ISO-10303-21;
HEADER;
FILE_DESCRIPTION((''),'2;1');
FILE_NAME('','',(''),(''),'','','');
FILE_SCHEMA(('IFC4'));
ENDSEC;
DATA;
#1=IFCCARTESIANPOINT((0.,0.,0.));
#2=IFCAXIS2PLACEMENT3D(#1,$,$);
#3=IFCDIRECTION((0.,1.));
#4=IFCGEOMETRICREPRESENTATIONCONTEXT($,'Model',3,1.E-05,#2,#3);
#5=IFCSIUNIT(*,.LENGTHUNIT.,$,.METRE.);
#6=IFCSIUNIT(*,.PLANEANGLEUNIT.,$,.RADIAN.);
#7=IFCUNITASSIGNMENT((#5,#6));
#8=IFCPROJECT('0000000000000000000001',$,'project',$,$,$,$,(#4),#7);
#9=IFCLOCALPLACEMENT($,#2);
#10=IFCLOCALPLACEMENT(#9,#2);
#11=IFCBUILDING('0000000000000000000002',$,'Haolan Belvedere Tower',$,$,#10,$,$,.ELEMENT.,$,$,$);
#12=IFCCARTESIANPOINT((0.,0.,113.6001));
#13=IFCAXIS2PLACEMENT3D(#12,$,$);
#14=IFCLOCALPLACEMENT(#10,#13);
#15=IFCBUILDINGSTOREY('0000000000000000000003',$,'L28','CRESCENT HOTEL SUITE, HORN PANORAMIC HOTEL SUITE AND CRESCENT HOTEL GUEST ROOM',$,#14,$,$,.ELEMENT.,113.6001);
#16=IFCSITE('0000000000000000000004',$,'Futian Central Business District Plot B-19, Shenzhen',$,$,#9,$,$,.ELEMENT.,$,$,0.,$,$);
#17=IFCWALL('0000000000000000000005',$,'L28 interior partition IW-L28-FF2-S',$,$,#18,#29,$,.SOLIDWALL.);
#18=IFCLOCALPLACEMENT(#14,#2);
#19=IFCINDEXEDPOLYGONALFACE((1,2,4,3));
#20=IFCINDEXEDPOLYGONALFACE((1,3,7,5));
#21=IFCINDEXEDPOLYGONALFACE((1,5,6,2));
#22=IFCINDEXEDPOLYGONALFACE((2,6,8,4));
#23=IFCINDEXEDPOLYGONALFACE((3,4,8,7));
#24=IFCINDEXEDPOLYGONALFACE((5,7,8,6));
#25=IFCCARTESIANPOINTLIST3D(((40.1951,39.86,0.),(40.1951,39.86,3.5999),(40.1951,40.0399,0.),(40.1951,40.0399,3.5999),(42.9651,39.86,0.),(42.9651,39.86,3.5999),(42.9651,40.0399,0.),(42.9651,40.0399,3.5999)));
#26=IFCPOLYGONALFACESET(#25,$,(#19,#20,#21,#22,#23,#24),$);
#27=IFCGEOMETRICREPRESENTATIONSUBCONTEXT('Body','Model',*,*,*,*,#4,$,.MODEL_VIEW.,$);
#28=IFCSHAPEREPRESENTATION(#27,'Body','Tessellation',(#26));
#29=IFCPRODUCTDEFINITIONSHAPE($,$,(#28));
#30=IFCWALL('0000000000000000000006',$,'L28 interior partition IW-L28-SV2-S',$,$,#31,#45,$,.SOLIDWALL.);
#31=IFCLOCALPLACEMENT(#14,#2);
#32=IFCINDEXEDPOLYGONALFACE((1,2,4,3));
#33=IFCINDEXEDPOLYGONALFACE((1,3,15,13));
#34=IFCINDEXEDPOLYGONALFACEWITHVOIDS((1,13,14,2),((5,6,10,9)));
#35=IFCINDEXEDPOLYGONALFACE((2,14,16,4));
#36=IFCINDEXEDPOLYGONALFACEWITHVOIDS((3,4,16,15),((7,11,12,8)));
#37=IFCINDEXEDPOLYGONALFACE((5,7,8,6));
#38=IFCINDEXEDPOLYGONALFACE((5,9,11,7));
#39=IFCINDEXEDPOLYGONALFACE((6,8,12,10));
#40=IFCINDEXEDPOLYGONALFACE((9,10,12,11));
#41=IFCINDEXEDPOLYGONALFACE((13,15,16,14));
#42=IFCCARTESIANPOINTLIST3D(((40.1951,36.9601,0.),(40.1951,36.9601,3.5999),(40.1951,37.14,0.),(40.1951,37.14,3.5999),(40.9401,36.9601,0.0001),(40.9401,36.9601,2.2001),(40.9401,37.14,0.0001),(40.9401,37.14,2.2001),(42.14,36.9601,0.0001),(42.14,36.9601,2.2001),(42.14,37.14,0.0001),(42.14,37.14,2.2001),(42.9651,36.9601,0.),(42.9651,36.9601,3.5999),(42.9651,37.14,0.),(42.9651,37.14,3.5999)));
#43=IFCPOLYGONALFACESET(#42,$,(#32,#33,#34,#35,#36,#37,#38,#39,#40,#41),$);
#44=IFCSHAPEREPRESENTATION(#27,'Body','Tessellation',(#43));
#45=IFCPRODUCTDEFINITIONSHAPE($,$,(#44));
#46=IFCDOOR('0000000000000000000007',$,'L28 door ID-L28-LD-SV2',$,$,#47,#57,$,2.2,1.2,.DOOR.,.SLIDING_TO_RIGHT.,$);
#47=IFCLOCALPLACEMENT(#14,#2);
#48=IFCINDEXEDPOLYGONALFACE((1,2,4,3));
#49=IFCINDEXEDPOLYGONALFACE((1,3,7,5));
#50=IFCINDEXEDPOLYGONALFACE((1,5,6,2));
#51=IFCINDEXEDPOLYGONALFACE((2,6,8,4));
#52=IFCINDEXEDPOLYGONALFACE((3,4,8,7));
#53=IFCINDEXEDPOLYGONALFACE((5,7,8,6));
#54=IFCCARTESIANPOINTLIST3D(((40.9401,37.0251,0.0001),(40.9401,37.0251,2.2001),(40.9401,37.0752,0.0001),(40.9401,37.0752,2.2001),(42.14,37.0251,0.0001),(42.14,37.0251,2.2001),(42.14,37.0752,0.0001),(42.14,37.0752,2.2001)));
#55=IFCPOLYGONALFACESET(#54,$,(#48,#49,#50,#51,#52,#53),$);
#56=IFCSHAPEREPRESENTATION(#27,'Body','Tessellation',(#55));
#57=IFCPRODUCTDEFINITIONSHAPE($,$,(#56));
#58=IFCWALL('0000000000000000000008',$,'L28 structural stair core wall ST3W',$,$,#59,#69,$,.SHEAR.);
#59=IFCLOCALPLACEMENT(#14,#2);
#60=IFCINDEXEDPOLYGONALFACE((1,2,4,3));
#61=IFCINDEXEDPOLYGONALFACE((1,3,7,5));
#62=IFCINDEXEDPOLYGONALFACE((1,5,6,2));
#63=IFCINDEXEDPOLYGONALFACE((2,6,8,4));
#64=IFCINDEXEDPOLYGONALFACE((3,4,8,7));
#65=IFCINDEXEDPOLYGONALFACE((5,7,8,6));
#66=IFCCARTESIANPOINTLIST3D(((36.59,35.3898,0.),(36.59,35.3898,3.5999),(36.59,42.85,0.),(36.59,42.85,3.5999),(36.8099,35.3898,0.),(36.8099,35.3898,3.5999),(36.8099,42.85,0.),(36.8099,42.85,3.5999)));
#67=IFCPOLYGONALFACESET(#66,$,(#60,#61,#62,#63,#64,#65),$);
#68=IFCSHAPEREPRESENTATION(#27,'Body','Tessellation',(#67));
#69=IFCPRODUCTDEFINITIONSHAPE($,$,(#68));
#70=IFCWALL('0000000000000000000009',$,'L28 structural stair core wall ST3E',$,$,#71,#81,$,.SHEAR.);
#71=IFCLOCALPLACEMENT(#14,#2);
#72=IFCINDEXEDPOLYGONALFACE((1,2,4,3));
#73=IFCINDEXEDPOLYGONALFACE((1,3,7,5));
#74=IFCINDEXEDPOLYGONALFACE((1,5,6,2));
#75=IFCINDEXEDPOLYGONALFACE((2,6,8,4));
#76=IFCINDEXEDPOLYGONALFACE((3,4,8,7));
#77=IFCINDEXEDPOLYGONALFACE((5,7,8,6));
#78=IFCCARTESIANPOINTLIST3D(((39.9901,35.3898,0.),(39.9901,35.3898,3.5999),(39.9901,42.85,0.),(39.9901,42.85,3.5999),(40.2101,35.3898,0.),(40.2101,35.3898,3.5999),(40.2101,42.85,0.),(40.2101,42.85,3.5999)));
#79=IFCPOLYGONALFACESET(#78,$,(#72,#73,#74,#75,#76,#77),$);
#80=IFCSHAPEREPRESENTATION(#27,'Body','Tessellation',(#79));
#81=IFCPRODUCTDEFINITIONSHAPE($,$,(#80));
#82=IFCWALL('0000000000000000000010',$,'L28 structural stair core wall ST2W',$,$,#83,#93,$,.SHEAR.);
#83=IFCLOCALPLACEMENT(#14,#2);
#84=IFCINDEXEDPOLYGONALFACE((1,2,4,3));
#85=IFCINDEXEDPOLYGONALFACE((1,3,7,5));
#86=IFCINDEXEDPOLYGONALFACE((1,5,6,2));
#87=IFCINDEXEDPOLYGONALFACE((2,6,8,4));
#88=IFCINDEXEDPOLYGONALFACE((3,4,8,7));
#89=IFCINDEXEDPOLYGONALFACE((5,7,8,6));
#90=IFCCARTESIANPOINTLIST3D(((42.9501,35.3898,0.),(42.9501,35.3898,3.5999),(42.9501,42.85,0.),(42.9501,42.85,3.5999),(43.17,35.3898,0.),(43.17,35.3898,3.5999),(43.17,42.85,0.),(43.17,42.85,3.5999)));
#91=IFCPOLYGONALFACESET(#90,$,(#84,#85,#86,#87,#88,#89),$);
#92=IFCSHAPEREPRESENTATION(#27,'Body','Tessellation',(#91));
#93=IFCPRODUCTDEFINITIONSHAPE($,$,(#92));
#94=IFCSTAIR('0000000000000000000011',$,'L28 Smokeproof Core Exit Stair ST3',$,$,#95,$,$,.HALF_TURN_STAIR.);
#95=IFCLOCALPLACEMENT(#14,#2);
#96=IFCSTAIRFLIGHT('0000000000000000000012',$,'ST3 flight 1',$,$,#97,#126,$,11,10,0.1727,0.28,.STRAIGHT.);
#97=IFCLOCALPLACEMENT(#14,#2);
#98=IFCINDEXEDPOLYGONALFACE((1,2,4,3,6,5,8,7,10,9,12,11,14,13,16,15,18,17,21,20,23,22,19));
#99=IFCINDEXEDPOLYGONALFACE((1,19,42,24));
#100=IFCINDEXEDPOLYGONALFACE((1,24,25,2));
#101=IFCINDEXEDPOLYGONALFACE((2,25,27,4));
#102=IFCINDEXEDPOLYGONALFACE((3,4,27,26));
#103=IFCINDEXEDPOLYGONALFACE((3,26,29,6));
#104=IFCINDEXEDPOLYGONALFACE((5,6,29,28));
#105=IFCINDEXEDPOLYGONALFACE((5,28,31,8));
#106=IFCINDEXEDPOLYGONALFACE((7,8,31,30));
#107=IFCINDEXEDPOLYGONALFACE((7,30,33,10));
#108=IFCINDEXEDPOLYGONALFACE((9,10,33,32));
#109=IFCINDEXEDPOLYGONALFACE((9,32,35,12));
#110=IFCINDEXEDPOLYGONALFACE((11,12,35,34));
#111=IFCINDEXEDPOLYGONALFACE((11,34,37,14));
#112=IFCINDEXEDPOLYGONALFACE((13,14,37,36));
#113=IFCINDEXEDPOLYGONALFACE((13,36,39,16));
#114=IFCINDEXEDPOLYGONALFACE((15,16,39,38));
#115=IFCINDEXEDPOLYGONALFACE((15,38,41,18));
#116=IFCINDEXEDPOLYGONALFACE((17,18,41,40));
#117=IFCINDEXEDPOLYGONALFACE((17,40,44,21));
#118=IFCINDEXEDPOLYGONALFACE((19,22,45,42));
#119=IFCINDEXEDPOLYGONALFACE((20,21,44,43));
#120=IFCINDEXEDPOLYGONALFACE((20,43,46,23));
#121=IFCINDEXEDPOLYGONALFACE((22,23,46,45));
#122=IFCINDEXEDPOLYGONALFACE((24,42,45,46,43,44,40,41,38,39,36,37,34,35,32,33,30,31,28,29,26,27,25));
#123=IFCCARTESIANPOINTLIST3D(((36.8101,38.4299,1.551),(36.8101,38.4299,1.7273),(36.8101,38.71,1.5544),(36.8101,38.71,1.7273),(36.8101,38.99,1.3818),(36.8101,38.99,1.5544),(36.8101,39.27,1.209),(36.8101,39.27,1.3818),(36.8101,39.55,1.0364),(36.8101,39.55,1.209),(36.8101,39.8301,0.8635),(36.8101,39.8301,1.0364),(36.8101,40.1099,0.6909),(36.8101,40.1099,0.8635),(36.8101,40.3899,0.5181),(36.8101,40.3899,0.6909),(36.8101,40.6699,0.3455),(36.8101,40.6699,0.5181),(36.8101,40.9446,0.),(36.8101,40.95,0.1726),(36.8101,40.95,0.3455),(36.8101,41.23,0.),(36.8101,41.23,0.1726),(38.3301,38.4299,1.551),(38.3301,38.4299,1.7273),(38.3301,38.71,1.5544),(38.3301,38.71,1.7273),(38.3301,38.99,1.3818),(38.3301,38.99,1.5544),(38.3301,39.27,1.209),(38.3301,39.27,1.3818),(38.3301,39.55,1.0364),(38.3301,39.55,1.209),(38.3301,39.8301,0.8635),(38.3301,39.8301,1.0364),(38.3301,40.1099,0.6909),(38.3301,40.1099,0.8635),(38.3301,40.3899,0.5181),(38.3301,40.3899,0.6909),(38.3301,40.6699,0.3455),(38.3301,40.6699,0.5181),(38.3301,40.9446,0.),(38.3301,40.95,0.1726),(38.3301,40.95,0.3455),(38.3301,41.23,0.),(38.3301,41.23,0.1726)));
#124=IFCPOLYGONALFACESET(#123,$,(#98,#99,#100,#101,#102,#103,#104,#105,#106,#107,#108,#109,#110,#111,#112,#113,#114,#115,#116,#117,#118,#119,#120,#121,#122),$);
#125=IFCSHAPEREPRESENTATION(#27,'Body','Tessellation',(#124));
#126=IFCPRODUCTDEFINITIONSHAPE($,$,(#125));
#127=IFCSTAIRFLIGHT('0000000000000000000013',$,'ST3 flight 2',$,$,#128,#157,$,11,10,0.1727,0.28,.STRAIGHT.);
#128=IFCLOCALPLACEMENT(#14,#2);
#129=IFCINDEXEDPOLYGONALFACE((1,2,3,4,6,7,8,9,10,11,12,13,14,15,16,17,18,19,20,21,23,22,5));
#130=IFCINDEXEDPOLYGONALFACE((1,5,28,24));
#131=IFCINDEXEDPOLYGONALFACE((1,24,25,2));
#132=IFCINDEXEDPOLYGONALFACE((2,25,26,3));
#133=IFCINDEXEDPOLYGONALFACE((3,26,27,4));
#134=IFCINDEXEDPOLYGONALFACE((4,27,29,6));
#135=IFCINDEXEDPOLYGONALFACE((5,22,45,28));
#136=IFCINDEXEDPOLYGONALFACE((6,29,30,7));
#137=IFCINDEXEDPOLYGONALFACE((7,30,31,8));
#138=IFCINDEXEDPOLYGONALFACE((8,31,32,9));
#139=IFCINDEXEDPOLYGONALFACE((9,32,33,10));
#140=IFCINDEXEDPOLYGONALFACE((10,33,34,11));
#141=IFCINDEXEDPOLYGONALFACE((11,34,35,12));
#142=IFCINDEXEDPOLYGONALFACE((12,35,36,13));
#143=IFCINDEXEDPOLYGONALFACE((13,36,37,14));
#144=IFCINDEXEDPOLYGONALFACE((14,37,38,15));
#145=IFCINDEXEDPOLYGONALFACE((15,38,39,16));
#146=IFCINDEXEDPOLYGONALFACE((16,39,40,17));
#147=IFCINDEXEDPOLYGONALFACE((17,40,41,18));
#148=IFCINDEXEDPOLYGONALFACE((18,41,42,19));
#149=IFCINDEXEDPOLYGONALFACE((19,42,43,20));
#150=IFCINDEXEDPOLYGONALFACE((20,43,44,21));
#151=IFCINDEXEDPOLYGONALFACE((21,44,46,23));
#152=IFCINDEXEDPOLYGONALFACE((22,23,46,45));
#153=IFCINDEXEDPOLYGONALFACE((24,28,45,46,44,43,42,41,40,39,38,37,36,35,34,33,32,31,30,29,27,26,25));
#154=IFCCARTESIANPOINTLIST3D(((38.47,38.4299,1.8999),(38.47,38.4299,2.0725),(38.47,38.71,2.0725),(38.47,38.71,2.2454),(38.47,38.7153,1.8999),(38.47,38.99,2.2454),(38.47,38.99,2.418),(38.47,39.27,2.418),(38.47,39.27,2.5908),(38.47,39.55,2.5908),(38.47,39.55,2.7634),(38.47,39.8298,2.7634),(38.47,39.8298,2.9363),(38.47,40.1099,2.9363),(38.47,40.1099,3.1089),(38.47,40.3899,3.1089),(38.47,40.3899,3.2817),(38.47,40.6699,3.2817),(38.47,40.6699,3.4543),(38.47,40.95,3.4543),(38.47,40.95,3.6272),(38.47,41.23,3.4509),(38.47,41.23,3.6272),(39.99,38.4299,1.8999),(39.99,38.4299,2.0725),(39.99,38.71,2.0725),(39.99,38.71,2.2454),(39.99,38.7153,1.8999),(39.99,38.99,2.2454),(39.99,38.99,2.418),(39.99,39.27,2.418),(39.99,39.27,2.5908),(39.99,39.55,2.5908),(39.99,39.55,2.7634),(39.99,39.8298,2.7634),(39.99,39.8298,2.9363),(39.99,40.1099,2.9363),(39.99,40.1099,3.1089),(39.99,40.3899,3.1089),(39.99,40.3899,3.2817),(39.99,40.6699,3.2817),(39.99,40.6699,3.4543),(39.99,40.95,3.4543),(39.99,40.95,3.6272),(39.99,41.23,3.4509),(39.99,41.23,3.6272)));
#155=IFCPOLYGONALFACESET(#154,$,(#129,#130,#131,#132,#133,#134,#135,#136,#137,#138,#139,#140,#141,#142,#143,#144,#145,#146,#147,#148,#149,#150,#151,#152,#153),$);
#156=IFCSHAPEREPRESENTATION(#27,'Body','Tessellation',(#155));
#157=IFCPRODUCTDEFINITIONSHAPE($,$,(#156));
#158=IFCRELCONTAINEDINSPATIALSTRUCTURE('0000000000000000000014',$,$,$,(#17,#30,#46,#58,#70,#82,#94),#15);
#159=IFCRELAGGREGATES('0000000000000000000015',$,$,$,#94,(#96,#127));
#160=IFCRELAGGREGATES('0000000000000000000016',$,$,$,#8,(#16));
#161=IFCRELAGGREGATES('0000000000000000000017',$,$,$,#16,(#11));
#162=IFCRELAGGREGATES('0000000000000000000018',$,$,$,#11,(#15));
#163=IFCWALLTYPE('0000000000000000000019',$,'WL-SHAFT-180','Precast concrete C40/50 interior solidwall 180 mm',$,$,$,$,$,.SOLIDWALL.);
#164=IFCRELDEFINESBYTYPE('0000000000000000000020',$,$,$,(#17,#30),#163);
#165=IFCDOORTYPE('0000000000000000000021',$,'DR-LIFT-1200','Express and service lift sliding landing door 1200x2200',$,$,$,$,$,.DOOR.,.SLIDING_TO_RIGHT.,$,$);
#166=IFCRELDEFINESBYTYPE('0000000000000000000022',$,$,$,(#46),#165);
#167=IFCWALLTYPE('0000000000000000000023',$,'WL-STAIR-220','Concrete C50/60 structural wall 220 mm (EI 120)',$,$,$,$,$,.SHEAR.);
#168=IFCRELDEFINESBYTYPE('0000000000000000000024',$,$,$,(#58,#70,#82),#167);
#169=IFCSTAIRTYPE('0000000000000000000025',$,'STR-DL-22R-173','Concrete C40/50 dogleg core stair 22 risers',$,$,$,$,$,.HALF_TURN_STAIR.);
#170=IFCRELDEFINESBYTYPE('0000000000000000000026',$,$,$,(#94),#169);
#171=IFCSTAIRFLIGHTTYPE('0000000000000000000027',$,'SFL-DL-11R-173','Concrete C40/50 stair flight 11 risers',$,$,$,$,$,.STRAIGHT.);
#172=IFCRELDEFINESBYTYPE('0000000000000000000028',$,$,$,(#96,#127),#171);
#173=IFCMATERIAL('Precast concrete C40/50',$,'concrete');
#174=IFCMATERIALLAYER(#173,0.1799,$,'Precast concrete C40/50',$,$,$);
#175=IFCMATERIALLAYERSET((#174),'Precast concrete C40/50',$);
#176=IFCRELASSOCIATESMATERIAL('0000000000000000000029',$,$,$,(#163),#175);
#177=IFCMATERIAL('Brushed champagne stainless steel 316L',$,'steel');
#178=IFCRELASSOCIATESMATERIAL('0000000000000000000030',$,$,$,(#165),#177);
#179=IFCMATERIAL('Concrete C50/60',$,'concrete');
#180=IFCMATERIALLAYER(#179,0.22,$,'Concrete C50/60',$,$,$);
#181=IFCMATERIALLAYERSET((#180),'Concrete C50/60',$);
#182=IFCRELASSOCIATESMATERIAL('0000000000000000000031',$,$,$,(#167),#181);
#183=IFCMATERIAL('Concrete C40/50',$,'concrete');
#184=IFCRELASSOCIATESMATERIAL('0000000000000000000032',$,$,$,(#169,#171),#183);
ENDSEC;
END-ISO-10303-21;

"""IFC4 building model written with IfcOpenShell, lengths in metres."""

from ifc_helpers import new_model, si_unit, direction, frame, frame_2d, origin, place, context, subcontext, project, spatial, polyline, rectangle, outline, extrude, material, layer, layer_set, type_object, element, fill, aggregate, save


model = new_model("IFC4")

# Units and contexts
model_context = context("Model", 3, precision=1e-05, world=origin(), true_north=direction((0.0, 1.0)))
body_context = subcontext(model_context, "Body", "Model", "MODEL_VIEW")
ifc_project = project(units=[si_unit("LENGTHUNIT", "METRE"), si_unit("PLANEANGLEUNIT", "RADIAN")], contexts=[model_context])

# Site, building, storey
site_placement = place(None, origin())
site = spatial("IfcSite", under=ifc_project, at=site_placement, Name="Futian Central Business District Plot B-19, Shenzhen", CompositionType="ELEMENT", RefElevation=0.0)
building_placement = place(site_placement, origin())
building = spatial("IfcBuilding", under=site, at=building_placement, Name="Haolan Belvedere Tower", CompositionType="ELEMENT")
storey_placement = place(building_placement, frame((0.0, 0.0, 113.6001)))
storey = spatial("IfcBuildingStorey", under=building, at=storey_placement, Name="L28", Description="CRESCENT HOTEL SUITE, HORN PANORAMIC HOTEL SUITE AND CRESCENT HOTEL GUEST ROOM", CompositionType="ELEMENT", Elevation=113.6001)

# Wall
ifc_material_1 = material(Name="Precast concrete C40/50", Category="concrete")
ifc_layer_1 = layer(ifc_material_1, 0.1799, Name="Precast concrete C40/50")
ifc_layer_set_1 = layer_set([ifc_layer_1], Name="Precast concrete C40/50")
wall_type_1 = type_object("IfcWallType", Name="WL-SHAFT-180", Description="Precast concrete C40/50 interior solidwall 180 mm", PredefinedType="SOLIDWALL", material=ifc_layer_set_1)
wall_1_placement = place(storey_placement, frame((40.1951, 39.95, 0.0), z_axis=(0.0, 0.0, 1.0), x_axis=(1.0, 0.0, 0.0)))
element("IfcWall", 1, at=wall_1_placement, inside=storey, type_object=wall_type_1, Name="L28 interior partition IW-L28-FF2-S", PredefinedType="SOLIDWALL", context=body_context, shape_type="SweptSolid", body=[
    extrude(rectangle(XDim=2.77, YDim=0.1799, at=frame_2d((1.385, 0.0))), origin(), (0.0, 0.0, 1.0), 3.5999),
])

# Wall, opening, door
wall_2_placement = place(storey_placement, frame((40.1951, 37.05, 0.0), z_axis=(0.0, 0.0, 1.0), x_axis=(1.0, 0.0, 0.0)))
wall_2 = element("IfcWall", 2, at=wall_2_placement, inside=storey, type_object=wall_type_1, Name="L28 interior partition IW-L28-SV2-S", PredefinedType="SOLIDWALL", context=body_context, shape_type="SweptSolid", body=[
    extrude(rectangle(XDim=2.77, YDim=0.1799, at=frame_2d((1.385, 0.0))), origin(), (0.0, 0.0, 1.0), 3.5999),
])
opening_placement = place(wall_2_placement, frame((1.9451, 0.0, 0.0), z_axis=(0.0, 0.0, 1.0), x_axis=(-1.0, 0.0, 0.0)))
opening = element("IfcOpeningElement", 3, at=opening_placement, cuts=wall_2, PredefinedType="OPENING", context=body_context, shape_type="SweptSolid", body=[
    extrude(rectangle(XDim=1.2, YDim=2.2, at=frame_2d((0.6001, 1.1001))), frame((0.0, 0.0999, 0.0), z_axis=(0.0, -1.0, 0.0), x_axis=(1.0, 0.0, 0.0)), (0.0, 0.0, 1.0), 0.2),
])
ifc_material_2 = material(Name="Brushed champagne stainless steel 316L", Category="steel")
door_type = type_object("IfcDoorType", Name="DR-LIFT-1200", Description="Express and service lift sliding landing door 1200x2200", OperationType="SLIDING_TO_RIGHT", PredefinedType="DOOR", material=ifc_material_2)
door_placement = place(opening_placement, origin())
door = element("IfcDoor", 4, at=door_placement, inside=storey, type_object=door_type, Name="L28 door ID-L28-LD-SV2", OperationType="SLIDING_TO_RIGHT", OverallHeight=2.2, OverallWidth=1.2, PredefinedType="DOOR", context=body_context, shape_type="SweptSolid", body=[
    extrude(rectangle(XDim=1.2, YDim=2.2, at=frame_2d((0.6001, 1.1001))), frame((0.0, 0.0249, 0.0), z_axis=(0.0, -1.0, 0.0), x_axis=(1.0, 0.0, 0.0)), (0.0, 0.0, 1.0), 0.05),
])
fill(opening, door)

# Walls
ifc_material_3 = material(Name="Concrete C50/60", Category="concrete")
ifc_layer_2 = layer(ifc_material_3, 0.22, Name="Concrete C50/60")
ifc_layer_set_2 = layer_set([ifc_layer_2], Name="Concrete C50/60")
wall_type_2 = type_object("IfcWallType", Name="WL-STAIR-220", Description="Concrete C50/60 structural wall 220 mm (EI 120)", PredefinedType="SHEAR", material=ifc_layer_set_2)
for number, where, z_axis, x_axis, name in (
    (5, (36.7, 35.3899, 0.0), (0.0, 0.0, 1.0), (0.0, 1.0, 0.0), "L28 structural stair core wall ST3W"),
    (6, (40.1001, 35.3899, 0.0), (0.0, 0.0, 1.0), (0.0, 1.0, 0.0), "L28 structural stair core wall ST3E"),
    (7, (43.0601, 35.3899, 0.0), (0.0, 0.0, 1.0), (0.0, 1.0, 0.0), "L28 structural stair core wall ST2W"),
):
    element("IfcWall", number, at=place(storey_placement, frame(where, z_axis=z_axis, x_axis=x_axis)), inside=storey, type_object=wall_type_2, Name=name, PredefinedType="SHEAR", context=body_context, shape_type="SweptSolid", body=[
        extrude(rectangle(XDim=7.4602, YDim=0.22, at=frame_2d((3.73, 0.0))), origin(), (0.0, 0.0, 1.0), 3.5999),
    ])

# Stair, stair flights
ifc_material_4 = material(Name="Concrete C40/50", Category="concrete")
stair_type = type_object("IfcStairType", Name="STR-DL-22R-173", Description="Concrete C40/50 dogleg core stair 22 risers", PredefinedType="HALF_TURN_STAIR", material=ifc_material_4)
stair_1_placement = place(storey_placement, origin())
stair_1 = element("IfcStair", 8, at=stair_1_placement, inside=storey, type_object=stair_type, Name="L28 Smokeproof Core Exit Stair ST3", PredefinedType="HALF_TURN_STAIR")
stair_flight_type = type_object("IfcStairFlightType", Name="SFL-DL-11R-173", Description="Concrete C40/50 stair flight 11 risers", PredefinedType="STRAIGHT", material=ifc_material_4)
stair_flight_1_placement = place(storey_placement, frame((37.5701, 41.23, 0.0), z_axis=(0.0, 0.0, 1.0), x_axis=(0.0, -1.0, 0.0)))
stair_flight_1 = element("IfcStairFlight", 9, at=stair_flight_1_placement, type_object=stair_flight_type, Name="ST3 flight 1", NumberOfRisers=11, NumberOfTreads=10, PredefinedType="STRAIGHT", RiserHeight=0.1727, TreadLength=0.28, context=body_context, shape_type="SweptSolid", body=[
    extrude(outline(polyline([(0.0, 0.0), (0.0, 0.1726), (0.28, 0.1726), (0.28, 0.3455), (0.5601, 0.3455), (0.5601, 0.5181), (0.8401, 0.5181), (0.8401, 0.6909), (1.1201, 0.6909), (1.1201, 0.8635), (1.3999, 0.8635), (1.3999, 1.0364), (1.6799, 1.0364), (1.6799, 1.209), (1.96, 1.209), (1.96, 1.3818), (2.24, 1.3818), (2.24, 1.5544), (2.52, 1.5544), (2.52, 1.7273), (2.8, 1.7273), (2.8, 1.8999), (2.8, 1.551), (0.2854, 0.0), (0.0, 0.0)])), frame((0.0, 0.76, 0.0), z_axis=(0.0, -1.0, 0.0), x_axis=(1.0, 0.0, 0.0)), (0.0, 0.0, 1.0), 1.52),
])
stair_flight_2_placement = place(storey_placement, frame((39.23, 38.4299, 1.8999), z_axis=(0.0, 0.0, 1.0), x_axis=(0.0, 1.0, 0.0)))
stair_flight_2 = element("IfcStairFlight", 10, at=stair_flight_2_placement, type_object=stair_flight_type, Name="ST3 flight 2", NumberOfRisers=11, NumberOfTreads=10, PredefinedType="STRAIGHT", RiserHeight=0.1727, TreadLength=0.28, context=body_context, shape_type="SweptSolid", body=[
    extrude(outline(polyline([(0.0, 0.0), (0.0, 0.1726), (0.28, 0.1726), (0.28, 0.3455), (0.5601, 0.3455), (0.5601, 0.5181), (0.8401, 0.5181), (0.8401, 0.6909), (1.1201, 0.6909), (1.1201, 0.8635), (1.3999, 0.8635), (1.3999, 1.0364), (1.6799, 1.0364), (1.6799, 1.209), (1.96, 1.209), (1.96, 1.3818), (2.24, 1.3818), (2.24, 1.5544), (2.52, 1.5544), (2.52, 1.7273), (2.8, 1.7273), (2.8, 1.8999), (2.8, 1.551), (0.2854, 0.0), (0.0, 0.0)])), frame((0.0, 0.76, 0.0), z_axis=(0.0, -1.0, 0.0), x_axis=(1.0, 0.0, 0.0)), (0.0, 0.0, 1.0), 1.52),
])
aggregate(stair_1, [stair_flight_1, stair_flight_2])

save(model, "model.ifc")
